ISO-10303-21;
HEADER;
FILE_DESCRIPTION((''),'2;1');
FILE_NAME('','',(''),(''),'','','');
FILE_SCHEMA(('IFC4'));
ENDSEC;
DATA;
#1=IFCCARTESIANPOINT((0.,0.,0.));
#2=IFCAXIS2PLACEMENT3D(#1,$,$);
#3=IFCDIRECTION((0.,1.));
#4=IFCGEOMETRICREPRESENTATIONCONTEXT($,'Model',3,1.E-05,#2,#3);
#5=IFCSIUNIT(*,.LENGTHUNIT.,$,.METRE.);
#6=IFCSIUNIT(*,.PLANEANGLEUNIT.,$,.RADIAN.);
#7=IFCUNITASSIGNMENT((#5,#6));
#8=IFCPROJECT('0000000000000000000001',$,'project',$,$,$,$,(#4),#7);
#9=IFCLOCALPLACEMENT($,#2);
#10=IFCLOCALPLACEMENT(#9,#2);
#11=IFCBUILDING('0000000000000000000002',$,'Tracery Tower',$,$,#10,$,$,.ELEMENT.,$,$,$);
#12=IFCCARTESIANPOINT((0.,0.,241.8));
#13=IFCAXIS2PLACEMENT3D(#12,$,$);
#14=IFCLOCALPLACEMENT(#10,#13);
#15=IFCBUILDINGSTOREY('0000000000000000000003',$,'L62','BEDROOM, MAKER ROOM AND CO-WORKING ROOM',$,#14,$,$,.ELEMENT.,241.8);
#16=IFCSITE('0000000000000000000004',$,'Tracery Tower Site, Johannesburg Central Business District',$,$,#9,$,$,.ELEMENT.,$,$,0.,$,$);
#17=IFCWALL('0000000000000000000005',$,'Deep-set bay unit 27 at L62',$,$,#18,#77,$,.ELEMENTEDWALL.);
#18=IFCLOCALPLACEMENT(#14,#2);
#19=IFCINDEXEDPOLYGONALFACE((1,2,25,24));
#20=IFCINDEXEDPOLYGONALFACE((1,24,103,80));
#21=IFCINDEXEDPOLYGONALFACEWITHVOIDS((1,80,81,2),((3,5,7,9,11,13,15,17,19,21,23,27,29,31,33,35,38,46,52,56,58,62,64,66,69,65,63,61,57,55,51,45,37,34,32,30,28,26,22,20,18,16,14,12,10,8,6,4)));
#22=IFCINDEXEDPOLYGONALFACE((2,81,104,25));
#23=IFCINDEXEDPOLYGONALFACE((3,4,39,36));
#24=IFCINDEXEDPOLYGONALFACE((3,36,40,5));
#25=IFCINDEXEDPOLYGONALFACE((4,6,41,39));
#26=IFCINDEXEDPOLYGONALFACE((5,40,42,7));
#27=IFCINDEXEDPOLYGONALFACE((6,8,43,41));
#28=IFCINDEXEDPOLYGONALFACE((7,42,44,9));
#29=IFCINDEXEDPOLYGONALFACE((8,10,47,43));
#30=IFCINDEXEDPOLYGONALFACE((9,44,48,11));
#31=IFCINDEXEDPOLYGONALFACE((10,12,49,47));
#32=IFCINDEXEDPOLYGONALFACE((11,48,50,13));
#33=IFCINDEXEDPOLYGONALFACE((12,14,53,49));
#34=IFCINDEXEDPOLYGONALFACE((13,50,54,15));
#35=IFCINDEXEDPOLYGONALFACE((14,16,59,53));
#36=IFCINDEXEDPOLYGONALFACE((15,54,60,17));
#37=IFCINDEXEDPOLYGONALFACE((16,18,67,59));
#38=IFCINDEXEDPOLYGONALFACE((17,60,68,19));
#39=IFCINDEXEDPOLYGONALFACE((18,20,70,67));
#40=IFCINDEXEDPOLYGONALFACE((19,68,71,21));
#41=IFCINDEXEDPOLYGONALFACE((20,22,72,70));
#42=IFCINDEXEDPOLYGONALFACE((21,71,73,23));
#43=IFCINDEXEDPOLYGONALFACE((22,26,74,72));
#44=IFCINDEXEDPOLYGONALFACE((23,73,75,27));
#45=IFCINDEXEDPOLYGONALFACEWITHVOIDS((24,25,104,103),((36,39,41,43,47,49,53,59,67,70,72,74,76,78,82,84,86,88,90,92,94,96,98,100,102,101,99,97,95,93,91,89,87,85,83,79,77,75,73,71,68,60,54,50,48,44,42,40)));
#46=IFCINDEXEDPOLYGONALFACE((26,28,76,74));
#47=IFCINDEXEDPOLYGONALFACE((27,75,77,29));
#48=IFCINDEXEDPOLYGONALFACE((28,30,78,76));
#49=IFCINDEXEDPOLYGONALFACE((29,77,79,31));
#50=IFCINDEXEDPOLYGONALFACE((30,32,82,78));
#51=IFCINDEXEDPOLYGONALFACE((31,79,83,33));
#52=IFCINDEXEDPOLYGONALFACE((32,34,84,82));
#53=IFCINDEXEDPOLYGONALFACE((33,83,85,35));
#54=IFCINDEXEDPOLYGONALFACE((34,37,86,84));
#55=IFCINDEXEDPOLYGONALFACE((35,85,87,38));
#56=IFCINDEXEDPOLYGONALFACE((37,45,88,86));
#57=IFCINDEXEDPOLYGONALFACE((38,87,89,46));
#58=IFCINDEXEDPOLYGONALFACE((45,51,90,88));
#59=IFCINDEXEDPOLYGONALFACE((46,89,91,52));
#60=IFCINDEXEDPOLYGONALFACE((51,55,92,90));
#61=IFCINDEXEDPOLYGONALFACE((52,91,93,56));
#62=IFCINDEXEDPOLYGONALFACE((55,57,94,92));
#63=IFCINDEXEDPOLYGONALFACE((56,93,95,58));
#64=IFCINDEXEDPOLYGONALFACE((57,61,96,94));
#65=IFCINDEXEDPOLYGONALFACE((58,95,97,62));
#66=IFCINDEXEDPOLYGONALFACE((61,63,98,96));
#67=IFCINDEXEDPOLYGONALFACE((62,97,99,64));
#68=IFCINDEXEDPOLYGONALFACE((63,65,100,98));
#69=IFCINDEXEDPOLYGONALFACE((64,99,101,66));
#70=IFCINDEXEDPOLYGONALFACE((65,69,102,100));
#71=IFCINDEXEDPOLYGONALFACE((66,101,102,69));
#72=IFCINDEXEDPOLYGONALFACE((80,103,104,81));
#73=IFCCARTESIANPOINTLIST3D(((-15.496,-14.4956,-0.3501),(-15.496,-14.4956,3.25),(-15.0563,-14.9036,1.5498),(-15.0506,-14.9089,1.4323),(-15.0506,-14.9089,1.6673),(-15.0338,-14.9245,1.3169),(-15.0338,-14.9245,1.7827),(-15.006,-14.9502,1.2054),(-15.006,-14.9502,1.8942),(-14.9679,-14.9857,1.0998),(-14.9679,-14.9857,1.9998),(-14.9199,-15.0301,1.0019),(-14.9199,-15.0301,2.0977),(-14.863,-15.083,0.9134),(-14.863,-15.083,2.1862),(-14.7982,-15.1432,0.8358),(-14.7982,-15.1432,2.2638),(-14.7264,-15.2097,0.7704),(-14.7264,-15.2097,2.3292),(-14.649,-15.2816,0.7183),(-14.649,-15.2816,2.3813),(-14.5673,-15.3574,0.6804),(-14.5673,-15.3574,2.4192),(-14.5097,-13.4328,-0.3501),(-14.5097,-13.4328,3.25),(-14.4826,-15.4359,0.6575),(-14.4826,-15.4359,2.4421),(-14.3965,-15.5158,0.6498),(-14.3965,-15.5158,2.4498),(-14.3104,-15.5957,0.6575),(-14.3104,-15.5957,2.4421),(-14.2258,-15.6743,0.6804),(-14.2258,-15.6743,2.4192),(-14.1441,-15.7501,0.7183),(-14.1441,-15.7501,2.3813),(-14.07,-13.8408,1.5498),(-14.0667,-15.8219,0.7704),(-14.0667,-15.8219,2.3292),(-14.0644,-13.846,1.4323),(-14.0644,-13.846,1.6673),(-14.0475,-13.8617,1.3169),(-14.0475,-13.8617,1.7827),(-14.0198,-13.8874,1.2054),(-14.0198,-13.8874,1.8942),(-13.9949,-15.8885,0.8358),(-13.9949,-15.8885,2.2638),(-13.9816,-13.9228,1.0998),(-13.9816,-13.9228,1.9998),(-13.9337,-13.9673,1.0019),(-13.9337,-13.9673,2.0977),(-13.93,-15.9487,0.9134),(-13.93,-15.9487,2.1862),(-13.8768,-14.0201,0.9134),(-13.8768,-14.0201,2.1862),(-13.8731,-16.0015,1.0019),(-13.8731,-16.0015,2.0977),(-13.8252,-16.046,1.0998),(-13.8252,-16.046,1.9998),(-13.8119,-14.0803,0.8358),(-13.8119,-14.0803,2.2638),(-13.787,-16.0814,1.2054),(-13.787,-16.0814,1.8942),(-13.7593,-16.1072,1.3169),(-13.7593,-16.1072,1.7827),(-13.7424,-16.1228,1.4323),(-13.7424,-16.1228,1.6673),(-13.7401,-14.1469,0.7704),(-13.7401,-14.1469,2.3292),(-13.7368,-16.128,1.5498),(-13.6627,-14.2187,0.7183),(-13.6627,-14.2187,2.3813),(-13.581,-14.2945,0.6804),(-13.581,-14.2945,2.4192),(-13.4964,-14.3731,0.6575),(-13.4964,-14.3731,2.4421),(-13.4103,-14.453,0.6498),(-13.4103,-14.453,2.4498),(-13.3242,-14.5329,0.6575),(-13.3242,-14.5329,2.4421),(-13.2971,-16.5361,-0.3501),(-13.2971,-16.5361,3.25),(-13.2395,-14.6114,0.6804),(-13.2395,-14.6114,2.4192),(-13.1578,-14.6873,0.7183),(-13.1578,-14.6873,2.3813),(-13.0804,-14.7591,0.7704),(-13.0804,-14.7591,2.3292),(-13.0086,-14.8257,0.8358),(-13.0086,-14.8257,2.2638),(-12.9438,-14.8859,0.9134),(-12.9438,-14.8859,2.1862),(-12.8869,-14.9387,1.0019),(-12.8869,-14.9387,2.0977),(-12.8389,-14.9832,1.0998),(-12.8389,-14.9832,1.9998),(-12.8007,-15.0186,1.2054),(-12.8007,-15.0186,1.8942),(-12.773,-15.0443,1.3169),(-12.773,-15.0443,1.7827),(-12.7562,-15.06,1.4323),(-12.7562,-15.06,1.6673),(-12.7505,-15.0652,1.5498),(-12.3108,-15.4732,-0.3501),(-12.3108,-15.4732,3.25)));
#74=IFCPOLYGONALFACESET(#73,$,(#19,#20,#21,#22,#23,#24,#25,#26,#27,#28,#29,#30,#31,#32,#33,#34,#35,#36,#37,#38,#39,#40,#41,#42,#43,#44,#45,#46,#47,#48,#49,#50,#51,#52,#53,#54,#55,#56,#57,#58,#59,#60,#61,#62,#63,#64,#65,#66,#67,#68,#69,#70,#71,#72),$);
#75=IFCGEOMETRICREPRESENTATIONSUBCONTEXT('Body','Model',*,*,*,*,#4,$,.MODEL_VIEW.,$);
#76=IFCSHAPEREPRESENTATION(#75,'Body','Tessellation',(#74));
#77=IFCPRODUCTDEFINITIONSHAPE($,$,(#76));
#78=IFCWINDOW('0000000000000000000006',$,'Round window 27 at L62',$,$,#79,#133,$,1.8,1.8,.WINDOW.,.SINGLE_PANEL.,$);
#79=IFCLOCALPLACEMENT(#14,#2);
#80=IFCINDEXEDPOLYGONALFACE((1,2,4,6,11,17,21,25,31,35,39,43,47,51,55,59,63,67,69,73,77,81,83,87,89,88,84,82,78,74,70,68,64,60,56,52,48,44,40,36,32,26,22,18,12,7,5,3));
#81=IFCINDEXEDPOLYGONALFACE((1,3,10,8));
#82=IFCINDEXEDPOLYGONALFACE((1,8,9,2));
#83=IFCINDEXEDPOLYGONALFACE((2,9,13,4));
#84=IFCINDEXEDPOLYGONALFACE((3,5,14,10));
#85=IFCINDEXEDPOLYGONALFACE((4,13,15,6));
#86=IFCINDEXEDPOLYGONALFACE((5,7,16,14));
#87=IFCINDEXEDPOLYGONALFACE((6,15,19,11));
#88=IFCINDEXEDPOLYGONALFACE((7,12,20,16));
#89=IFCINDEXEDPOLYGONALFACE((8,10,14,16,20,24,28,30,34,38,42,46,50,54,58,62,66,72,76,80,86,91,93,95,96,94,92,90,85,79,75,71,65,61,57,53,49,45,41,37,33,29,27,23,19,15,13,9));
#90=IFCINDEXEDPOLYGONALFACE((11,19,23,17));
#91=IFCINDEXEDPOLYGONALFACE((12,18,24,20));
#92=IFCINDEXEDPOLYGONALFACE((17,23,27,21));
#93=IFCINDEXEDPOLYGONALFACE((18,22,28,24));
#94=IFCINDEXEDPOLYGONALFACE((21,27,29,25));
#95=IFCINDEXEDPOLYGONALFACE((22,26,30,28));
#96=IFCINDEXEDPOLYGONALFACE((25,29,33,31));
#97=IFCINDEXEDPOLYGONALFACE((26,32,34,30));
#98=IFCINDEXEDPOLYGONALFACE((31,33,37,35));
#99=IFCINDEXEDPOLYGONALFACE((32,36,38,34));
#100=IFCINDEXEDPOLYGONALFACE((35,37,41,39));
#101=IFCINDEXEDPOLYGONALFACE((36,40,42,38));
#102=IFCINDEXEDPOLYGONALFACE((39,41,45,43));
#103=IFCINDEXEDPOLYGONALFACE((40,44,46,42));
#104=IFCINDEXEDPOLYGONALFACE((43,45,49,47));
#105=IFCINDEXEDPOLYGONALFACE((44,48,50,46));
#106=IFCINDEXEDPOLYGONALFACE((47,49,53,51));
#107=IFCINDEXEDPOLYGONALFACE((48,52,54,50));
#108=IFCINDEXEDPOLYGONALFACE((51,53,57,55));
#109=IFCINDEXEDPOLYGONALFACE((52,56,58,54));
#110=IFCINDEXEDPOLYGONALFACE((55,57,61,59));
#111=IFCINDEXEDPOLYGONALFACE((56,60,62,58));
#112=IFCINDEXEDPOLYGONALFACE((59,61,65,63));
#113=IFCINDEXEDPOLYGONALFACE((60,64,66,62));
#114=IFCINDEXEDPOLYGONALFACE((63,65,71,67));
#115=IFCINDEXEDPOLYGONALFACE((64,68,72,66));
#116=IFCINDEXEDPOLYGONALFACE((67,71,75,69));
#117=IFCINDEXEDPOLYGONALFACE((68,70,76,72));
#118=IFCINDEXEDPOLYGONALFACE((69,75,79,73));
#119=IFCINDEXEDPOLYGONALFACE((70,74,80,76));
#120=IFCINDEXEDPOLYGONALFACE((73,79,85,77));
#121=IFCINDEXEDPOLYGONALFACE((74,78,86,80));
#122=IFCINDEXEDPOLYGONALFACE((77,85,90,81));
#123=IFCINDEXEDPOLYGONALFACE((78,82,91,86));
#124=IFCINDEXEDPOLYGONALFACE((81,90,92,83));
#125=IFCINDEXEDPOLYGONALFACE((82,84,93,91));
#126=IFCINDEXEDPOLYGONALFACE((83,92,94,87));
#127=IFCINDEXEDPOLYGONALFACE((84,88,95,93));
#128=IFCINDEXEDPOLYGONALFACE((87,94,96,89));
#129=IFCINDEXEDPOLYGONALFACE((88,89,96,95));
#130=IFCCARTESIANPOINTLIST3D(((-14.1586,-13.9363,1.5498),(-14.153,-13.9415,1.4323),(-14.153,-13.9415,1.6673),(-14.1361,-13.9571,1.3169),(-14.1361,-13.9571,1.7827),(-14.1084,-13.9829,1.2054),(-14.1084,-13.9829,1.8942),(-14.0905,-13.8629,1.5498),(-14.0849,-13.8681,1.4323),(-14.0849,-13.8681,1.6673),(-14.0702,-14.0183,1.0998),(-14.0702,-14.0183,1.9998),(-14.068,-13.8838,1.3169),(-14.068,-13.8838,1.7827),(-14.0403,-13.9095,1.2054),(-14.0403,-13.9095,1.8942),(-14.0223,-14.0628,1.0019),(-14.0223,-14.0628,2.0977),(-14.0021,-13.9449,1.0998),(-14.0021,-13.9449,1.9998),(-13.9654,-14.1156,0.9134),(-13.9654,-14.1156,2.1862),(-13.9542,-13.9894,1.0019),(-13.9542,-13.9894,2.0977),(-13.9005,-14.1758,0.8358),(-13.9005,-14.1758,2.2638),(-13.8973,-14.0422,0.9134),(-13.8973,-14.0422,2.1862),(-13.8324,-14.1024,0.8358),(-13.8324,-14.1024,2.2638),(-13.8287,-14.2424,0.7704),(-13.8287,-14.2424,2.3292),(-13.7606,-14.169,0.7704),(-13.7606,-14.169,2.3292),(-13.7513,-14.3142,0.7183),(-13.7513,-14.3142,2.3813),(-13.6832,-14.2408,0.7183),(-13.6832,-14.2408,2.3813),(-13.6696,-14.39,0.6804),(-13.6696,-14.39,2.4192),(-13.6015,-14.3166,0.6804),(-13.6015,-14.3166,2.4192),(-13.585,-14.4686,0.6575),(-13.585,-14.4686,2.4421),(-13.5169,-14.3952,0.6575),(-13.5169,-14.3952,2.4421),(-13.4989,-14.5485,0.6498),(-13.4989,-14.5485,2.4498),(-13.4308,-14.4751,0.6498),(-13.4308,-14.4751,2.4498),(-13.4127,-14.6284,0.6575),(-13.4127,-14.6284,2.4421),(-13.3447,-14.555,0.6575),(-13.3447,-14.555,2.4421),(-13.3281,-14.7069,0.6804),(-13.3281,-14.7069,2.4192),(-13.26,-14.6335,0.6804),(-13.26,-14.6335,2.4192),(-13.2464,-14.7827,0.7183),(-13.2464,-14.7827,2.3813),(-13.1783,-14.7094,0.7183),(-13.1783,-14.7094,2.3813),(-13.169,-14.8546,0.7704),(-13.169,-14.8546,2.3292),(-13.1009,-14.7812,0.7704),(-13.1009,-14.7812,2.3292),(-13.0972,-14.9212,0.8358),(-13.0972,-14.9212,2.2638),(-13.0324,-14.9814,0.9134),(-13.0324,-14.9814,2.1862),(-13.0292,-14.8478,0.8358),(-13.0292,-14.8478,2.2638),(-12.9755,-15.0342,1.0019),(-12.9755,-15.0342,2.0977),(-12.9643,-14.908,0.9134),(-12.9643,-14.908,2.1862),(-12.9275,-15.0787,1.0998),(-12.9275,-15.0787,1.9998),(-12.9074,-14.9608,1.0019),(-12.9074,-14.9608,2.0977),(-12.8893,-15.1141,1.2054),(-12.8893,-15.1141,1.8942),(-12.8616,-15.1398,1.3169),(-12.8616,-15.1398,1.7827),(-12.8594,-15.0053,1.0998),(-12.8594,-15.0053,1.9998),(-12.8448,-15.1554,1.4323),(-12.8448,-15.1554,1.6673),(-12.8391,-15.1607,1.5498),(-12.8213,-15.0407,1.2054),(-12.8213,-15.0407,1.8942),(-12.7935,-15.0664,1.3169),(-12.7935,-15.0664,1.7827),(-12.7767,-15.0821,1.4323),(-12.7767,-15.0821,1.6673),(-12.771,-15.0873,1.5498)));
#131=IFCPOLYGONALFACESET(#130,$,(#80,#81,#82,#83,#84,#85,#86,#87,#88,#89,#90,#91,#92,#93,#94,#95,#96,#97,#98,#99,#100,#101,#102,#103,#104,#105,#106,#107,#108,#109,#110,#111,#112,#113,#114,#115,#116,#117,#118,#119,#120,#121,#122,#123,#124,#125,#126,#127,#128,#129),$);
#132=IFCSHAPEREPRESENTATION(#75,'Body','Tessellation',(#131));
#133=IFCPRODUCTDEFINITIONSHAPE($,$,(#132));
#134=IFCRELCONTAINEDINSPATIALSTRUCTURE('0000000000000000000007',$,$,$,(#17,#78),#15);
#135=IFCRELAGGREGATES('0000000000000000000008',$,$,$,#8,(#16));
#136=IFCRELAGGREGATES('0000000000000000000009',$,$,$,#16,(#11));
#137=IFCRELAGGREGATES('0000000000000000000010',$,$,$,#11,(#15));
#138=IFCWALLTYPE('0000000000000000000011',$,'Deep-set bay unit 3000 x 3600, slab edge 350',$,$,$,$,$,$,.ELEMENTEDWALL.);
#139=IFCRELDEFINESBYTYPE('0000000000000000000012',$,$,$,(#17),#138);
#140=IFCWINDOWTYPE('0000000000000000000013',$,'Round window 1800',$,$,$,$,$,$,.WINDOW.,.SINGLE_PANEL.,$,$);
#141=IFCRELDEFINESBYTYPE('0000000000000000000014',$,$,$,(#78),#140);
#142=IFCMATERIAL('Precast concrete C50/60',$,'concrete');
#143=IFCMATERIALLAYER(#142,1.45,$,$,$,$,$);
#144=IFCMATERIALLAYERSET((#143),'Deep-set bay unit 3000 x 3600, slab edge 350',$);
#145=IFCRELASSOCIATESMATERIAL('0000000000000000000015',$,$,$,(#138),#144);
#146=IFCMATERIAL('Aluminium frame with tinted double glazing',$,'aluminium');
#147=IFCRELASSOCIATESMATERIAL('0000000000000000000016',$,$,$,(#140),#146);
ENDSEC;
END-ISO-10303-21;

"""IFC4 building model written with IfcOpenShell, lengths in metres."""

from ifc_helpers import new_model, si_unit, direction, frame, frame_2d, origin, origin_2d, place, context, subcontext, project, spatial, rectangle, circle, extrude, material, layer, layer_set, type_object, element, fill, save


model = new_model("IFC4")

# Units and contexts
model_context = context("Model", 3, precision=1e-05, world=origin(), true_north=direction((0.0, 1.0)))
body_context = subcontext(model_context, "Body", "Model", "MODEL_VIEW")
ifc_project = project(units=[si_unit("LENGTHUNIT", "METRE"), si_unit("PLANEANGLEUNIT", "RADIAN")], contexts=[model_context])

# Site, building, storey
site_placement = place(None, origin())
site = spatial("IfcSite", under=ifc_project, at=site_placement, Name="Tracery Tower Site, Johannesburg Central Business District", CompositionType="ELEMENT", RefElevation=0.0)
building_placement = place(site_placement, origin())
building = spatial("IfcBuilding", under=site, at=building_placement, Name="Tracery Tower", CompositionType="ELEMENT")
storey_placement = place(building_placement, frame((0.0, 0.0, 241.8)))
storey = spatial("IfcBuildingStorey", under=building, at=storey_placement, Name="L62", Description="BEDROOM, MAKER ROOM AND CO-WORKING ROOM", CompositionType="ELEMENT", Elevation=241.8)

# Wall, opening, window
ifc_material_1 = material(Name="Precast concrete C50/60", Category="concrete")
ifc_layer_1 = layer(ifc_material_1, 1.45)
ifc_layer_set_1 = layer_set([ifc_layer_1], Name="Deep-set bay unit 3000 x 3600, slab edge 350")
wall_type_1 = type_object("IfcWallType", Name="Deep-set bay unit 3000 x 3600, slab edge 350", PredefinedType="ELEMENTEDWALL", material=ifc_layer_set_1)
wall_1_placement = place(storey_placement, frame((-15.0029, -13.9641, -0.3501), z_axis=(0.0, 0.0, 1.0), x_axis=(0.733022, -0.680204, 0.0)))
wall_1 = element("IfcWall", 1, at=wall_1_placement, inside=storey, type_object=wall_type_1, Name="Deep-set bay unit 27 at L62", PredefinedType="ELEMENTEDWALL", context=body_context, shape_type="SweptSolid", body=[
    extrude(rectangle(XDim=2.9998, YDim=1.45, at=frame_2d((1.5, 0.0))), origin(), (0.0, 0.0, 1.0), 3.6001),
])
opening_1_placement = place(wall_1_placement, frame((1.5, 0.0, 1.8999)))
opening_1 = element("IfcOpeningElement", 2, at=opening_1_placement, cuts=wall_1, PredefinedType="OPENING", context=body_context, shape_type="SweptSolid", body=[
    extrude(circle(Radius=0.9, at=origin_2d()), frame((0.0, 0.7349, 0.0), z_axis=(0.0, -1.0, 0.0), x_axis=(1.0, 0.0, 0.0)), (0.0, 0.0, 1.0), 1.47),
])
ifc_material_2 = material(Name="Aluminium frame with tinted double glazing", Category="aluminium")
window_type = type_object("IfcWindowType", Name="Round window 1800", PartitioningType="SINGLE_PANEL", PredefinedType="WINDOW", material=ifc_material_2)
window_1_placement = place(opening_1_placement, origin())
window_1 = element("IfcWindow", 3, at=window_1_placement, inside=storey, type_object=window_type, Name="Round window 27 at L62", OverallHeight=1.8, OverallWidth=1.8, PartitioningType="SINGLE_PANEL", PredefinedType="WINDOW", context=body_context, shape_type="SweptSolid", body=[
    extrude(circle(Radius=0.9, at=origin_2d()), frame((0.0, 0.6948, 0.0), z_axis=(0.0, -1.0, 0.0), x_axis=(1.0, 0.0, 0.0)), (0.0, 0.0, 1.0), 0.1001),
])
fill(opening_1, window_1)

save(model, "model.ifc")
